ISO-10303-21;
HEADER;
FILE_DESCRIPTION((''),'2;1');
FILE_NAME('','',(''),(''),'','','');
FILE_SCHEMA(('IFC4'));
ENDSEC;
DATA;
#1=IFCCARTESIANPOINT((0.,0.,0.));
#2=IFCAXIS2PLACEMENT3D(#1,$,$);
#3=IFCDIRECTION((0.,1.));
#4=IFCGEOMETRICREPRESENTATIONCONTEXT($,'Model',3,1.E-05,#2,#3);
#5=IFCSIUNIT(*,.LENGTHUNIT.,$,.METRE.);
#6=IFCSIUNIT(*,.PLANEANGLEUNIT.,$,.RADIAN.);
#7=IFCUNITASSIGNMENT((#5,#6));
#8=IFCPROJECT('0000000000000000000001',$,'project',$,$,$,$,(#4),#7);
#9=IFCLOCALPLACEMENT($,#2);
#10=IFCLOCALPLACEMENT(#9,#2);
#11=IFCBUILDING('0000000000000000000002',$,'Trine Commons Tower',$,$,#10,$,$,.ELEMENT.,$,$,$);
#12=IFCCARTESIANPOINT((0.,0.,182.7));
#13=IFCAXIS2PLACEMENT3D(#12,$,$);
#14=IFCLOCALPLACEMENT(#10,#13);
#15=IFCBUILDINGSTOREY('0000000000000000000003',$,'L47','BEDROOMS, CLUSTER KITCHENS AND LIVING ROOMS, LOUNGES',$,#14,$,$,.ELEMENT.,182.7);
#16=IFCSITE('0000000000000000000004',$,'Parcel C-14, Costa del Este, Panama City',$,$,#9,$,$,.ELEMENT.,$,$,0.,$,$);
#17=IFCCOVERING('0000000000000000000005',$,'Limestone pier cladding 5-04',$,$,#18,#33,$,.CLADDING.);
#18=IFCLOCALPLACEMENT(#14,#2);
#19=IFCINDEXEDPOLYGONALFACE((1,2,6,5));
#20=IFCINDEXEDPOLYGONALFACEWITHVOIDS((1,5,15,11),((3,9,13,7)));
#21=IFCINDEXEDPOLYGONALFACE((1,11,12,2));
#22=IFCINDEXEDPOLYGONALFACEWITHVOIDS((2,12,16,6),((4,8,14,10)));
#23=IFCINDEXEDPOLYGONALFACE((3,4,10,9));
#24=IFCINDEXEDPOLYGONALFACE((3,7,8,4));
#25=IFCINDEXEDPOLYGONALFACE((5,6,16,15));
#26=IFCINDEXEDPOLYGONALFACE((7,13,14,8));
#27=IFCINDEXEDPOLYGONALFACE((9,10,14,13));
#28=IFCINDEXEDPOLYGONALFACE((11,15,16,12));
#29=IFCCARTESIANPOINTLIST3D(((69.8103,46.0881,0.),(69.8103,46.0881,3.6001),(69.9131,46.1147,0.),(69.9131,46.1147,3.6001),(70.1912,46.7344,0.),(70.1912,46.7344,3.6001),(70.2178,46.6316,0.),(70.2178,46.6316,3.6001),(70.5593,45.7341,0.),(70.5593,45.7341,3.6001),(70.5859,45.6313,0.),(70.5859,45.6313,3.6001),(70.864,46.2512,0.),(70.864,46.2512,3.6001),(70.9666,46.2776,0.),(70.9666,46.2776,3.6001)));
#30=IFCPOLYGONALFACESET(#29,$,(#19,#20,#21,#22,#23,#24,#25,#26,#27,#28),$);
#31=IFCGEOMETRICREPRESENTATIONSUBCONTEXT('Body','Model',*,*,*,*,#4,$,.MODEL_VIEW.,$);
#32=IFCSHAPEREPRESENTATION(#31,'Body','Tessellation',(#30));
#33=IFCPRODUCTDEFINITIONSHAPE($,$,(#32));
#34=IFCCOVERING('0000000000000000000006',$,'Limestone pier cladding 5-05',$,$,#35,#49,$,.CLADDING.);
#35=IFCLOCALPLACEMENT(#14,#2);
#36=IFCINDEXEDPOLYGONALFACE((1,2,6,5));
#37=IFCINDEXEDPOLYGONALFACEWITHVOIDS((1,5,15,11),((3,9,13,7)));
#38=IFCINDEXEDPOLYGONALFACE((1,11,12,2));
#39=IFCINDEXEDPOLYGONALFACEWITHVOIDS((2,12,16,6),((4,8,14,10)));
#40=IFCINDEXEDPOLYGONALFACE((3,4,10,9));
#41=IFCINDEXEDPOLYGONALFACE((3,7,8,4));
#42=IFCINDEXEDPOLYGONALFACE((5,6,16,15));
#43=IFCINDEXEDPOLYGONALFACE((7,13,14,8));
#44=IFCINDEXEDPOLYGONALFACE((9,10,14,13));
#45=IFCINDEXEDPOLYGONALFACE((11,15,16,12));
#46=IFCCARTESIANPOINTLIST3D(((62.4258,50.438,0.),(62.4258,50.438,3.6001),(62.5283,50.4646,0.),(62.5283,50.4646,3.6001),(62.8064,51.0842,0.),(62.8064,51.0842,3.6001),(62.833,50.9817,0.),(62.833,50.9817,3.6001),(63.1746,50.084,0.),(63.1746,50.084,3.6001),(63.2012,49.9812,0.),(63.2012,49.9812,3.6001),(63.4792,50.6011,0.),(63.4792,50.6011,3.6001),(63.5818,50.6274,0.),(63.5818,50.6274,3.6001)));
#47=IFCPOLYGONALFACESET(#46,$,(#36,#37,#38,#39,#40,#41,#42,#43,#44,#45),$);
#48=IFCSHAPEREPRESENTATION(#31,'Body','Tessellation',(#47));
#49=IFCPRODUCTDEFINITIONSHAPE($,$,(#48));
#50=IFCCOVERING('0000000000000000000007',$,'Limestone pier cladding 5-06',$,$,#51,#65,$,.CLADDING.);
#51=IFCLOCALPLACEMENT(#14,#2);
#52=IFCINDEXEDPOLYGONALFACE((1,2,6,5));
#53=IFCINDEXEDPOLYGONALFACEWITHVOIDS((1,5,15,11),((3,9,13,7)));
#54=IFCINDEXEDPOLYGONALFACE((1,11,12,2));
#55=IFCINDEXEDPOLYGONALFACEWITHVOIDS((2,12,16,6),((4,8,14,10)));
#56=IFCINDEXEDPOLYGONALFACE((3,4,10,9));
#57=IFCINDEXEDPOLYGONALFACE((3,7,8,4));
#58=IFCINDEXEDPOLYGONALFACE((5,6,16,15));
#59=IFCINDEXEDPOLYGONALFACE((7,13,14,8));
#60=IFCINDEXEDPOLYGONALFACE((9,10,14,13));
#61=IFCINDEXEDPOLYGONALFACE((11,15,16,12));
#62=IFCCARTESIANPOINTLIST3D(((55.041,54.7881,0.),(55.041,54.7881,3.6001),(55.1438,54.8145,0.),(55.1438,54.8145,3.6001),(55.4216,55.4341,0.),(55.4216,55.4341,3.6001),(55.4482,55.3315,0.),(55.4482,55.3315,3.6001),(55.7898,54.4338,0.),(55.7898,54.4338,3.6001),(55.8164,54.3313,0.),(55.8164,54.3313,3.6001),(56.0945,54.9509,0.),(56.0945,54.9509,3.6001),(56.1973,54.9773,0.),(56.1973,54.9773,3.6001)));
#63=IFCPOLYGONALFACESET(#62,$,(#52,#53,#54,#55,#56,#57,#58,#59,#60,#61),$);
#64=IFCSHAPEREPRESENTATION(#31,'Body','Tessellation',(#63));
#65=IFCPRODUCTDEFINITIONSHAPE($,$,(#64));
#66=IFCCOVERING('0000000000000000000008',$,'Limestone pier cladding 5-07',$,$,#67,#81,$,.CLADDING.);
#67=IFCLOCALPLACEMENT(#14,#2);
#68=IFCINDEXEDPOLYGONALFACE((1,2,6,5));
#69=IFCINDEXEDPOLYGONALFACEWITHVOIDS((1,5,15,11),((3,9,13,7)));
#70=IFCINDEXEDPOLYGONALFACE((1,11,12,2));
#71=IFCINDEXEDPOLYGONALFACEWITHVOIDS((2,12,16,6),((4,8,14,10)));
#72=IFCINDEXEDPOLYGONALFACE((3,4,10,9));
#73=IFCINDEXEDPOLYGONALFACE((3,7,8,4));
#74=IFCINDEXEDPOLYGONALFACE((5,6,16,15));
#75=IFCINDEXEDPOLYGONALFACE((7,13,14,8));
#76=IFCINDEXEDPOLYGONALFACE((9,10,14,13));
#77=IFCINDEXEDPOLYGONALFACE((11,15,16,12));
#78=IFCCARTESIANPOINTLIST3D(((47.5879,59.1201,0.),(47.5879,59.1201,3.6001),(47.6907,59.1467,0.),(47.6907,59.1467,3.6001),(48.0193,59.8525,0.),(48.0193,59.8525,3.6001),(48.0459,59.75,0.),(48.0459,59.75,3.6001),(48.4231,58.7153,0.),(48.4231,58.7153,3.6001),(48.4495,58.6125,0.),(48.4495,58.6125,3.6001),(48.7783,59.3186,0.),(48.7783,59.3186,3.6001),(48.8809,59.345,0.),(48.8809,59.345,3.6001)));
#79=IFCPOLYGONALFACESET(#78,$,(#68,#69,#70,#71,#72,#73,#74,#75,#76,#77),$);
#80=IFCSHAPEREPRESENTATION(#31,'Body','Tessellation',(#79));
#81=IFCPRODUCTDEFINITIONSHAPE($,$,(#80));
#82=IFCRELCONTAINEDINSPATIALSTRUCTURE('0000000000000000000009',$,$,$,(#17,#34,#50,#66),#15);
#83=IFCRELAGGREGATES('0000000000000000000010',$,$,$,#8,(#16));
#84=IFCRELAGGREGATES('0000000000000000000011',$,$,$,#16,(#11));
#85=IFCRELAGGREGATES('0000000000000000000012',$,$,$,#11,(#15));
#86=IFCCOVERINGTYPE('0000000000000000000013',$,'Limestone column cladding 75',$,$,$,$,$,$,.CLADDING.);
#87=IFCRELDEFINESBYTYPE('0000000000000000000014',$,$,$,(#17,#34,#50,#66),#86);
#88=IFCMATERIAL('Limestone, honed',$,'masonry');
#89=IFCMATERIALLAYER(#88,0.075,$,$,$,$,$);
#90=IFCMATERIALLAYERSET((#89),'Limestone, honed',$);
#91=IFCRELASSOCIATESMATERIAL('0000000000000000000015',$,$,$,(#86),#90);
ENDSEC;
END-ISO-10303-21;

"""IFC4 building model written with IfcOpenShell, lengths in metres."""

from ifc_helpers import new_model, si_unit, direction, frame, origin, place, context, subcontext, project, spatial, polyline, outline, extrude, material, layer, layer_set, type_object, element, save


model = new_model("IFC4")

# Units and contexts
model_context = context("Model", 3, precision=1e-05, world=origin(), true_north=direction((0.0, 1.0)))
body_context = subcontext(model_context, "Body", "Model", "MODEL_VIEW")
ifc_project = project(units=[si_unit("LENGTHUNIT", "METRE"), si_unit("PLANEANGLEUNIT", "RADIAN")], contexts=[model_context])

# Site, building, storey
site_placement = place(None, origin())
site = spatial("IfcSite", under=ifc_project, at=site_placement, Name="Parcel C-14, Costa del Este, Panama City", CompositionType="ELEMENT", RefElevation=0.0)
building_placement = place(site_placement, origin())
building = spatial("IfcBuilding", under=site, at=building_placement, Name="Trine Commons Tower", CompositionType="ELEMENT")
storey_placement = place(building_placement, frame((0.0, 0.0, 182.7)))
storey = spatial("IfcBuildingStorey", under=building, at=storey_placement, Name="L47", Description="BEDROOMS, CLUSTER KITCHENS AND LIVING ROOMS, LOUNGES", CompositionType="ELEMENT", Elevation=182.7)

# Coverings
ifc_material_1 = material(Name="Limestone, honed", Category="masonry")
ifc_layer_1 = layer(ifc_material_1, 0.075)
ifc_layer_set_1 = layer_set([ifc_layer_1], Name="Limestone, honed")
covering_type_1 = type_object("IfcCoveringType", Name="Limestone column cladding 75", PredefinedType="CLADDING", material=ifc_layer_set_1)
covering_1_placement = place(storey_placement, origin())
element("IfcCovering", 1, at=covering_1_placement, inside=storey, type_object=covering_type_1, Name="Limestone pier cladding 5-04", PredefinedType="CLADDING", context=body_context, shape_type="SweptSolid", body=[
    extrude(outline(polyline([(70.1912, 46.7344), (69.8103, 46.0881), (70.5859, 45.6313), (70.9666, 46.2776), (70.1912, 46.7344)]), holes=[polyline([(70.2178, 46.6316), (69.9131, 46.1147), (70.5593, 45.7341), (70.864, 46.2512), (70.2178, 46.6316)])]), origin(), (0.0, 0.0, 1.0), 3.6001),
])
covering_2_placement = place(storey_placement, origin())
element("IfcCovering", 2, at=covering_2_placement, inside=storey, type_object=covering_type_1, Name="Limestone pier cladding 5-05", PredefinedType="CLADDING", context=body_context, shape_type="SweptSolid", body=[
    extrude(outline(polyline([(62.8064, 51.0842), (62.4258, 50.438), (63.2012, 49.9812), (63.5818, 50.6274), (62.8064, 51.0842)]), holes=[polyline([(62.833, 50.9817), (62.5283, 50.4646), (63.1746, 50.084), (63.4792, 50.6011), (62.833, 50.9817)])]), origin(), (0.0, 0.0, 1.0), 3.6001),
])
covering_3_placement = place(storey_placement, origin())
element("IfcCovering", 3, at=covering_3_placement, inside=storey, type_object=covering_type_1, Name="Limestone pier cladding 5-06", PredefinedType="CLADDING", context=body_context, shape_type="SweptSolid", body=[
    extrude(outline(polyline([(55.4216, 55.4341), (55.041, 54.7881), (55.8164, 54.3313), (56.1973, 54.9773), (55.4216, 55.4341)]), holes=[polyline([(55.4482, 55.3315), (55.1438, 54.8145), (55.7898, 54.4338), (56.0945, 54.9509), (55.4482, 55.3315)])]), origin(), (0.0, 0.0, 1.0), 3.6001),
])
covering_4_placement = place(storey_placement, origin())
element("IfcCovering", 4, at=covering_4_placement, inside=storey, type_object=covering_type_1, Name="Limestone pier cladding 5-07", PredefinedType="CLADDING", context=body_context, shape_type="SweptSolid", body=[
    extrude(outline(polyline([(48.0193, 59.8525), (47.5879, 59.1201), (48.4495, 58.6125), (48.8809, 59.345), (48.0193, 59.8525)]), holes=[polyline([(48.0459, 59.75), (47.6907, 59.1467), (48.4231, 58.7153), (48.7783, 59.3186), (48.0459, 59.75)])]), origin(), (0.0, 0.0, 1.0), 3.6001),
])

save(model, "model.ifc")
